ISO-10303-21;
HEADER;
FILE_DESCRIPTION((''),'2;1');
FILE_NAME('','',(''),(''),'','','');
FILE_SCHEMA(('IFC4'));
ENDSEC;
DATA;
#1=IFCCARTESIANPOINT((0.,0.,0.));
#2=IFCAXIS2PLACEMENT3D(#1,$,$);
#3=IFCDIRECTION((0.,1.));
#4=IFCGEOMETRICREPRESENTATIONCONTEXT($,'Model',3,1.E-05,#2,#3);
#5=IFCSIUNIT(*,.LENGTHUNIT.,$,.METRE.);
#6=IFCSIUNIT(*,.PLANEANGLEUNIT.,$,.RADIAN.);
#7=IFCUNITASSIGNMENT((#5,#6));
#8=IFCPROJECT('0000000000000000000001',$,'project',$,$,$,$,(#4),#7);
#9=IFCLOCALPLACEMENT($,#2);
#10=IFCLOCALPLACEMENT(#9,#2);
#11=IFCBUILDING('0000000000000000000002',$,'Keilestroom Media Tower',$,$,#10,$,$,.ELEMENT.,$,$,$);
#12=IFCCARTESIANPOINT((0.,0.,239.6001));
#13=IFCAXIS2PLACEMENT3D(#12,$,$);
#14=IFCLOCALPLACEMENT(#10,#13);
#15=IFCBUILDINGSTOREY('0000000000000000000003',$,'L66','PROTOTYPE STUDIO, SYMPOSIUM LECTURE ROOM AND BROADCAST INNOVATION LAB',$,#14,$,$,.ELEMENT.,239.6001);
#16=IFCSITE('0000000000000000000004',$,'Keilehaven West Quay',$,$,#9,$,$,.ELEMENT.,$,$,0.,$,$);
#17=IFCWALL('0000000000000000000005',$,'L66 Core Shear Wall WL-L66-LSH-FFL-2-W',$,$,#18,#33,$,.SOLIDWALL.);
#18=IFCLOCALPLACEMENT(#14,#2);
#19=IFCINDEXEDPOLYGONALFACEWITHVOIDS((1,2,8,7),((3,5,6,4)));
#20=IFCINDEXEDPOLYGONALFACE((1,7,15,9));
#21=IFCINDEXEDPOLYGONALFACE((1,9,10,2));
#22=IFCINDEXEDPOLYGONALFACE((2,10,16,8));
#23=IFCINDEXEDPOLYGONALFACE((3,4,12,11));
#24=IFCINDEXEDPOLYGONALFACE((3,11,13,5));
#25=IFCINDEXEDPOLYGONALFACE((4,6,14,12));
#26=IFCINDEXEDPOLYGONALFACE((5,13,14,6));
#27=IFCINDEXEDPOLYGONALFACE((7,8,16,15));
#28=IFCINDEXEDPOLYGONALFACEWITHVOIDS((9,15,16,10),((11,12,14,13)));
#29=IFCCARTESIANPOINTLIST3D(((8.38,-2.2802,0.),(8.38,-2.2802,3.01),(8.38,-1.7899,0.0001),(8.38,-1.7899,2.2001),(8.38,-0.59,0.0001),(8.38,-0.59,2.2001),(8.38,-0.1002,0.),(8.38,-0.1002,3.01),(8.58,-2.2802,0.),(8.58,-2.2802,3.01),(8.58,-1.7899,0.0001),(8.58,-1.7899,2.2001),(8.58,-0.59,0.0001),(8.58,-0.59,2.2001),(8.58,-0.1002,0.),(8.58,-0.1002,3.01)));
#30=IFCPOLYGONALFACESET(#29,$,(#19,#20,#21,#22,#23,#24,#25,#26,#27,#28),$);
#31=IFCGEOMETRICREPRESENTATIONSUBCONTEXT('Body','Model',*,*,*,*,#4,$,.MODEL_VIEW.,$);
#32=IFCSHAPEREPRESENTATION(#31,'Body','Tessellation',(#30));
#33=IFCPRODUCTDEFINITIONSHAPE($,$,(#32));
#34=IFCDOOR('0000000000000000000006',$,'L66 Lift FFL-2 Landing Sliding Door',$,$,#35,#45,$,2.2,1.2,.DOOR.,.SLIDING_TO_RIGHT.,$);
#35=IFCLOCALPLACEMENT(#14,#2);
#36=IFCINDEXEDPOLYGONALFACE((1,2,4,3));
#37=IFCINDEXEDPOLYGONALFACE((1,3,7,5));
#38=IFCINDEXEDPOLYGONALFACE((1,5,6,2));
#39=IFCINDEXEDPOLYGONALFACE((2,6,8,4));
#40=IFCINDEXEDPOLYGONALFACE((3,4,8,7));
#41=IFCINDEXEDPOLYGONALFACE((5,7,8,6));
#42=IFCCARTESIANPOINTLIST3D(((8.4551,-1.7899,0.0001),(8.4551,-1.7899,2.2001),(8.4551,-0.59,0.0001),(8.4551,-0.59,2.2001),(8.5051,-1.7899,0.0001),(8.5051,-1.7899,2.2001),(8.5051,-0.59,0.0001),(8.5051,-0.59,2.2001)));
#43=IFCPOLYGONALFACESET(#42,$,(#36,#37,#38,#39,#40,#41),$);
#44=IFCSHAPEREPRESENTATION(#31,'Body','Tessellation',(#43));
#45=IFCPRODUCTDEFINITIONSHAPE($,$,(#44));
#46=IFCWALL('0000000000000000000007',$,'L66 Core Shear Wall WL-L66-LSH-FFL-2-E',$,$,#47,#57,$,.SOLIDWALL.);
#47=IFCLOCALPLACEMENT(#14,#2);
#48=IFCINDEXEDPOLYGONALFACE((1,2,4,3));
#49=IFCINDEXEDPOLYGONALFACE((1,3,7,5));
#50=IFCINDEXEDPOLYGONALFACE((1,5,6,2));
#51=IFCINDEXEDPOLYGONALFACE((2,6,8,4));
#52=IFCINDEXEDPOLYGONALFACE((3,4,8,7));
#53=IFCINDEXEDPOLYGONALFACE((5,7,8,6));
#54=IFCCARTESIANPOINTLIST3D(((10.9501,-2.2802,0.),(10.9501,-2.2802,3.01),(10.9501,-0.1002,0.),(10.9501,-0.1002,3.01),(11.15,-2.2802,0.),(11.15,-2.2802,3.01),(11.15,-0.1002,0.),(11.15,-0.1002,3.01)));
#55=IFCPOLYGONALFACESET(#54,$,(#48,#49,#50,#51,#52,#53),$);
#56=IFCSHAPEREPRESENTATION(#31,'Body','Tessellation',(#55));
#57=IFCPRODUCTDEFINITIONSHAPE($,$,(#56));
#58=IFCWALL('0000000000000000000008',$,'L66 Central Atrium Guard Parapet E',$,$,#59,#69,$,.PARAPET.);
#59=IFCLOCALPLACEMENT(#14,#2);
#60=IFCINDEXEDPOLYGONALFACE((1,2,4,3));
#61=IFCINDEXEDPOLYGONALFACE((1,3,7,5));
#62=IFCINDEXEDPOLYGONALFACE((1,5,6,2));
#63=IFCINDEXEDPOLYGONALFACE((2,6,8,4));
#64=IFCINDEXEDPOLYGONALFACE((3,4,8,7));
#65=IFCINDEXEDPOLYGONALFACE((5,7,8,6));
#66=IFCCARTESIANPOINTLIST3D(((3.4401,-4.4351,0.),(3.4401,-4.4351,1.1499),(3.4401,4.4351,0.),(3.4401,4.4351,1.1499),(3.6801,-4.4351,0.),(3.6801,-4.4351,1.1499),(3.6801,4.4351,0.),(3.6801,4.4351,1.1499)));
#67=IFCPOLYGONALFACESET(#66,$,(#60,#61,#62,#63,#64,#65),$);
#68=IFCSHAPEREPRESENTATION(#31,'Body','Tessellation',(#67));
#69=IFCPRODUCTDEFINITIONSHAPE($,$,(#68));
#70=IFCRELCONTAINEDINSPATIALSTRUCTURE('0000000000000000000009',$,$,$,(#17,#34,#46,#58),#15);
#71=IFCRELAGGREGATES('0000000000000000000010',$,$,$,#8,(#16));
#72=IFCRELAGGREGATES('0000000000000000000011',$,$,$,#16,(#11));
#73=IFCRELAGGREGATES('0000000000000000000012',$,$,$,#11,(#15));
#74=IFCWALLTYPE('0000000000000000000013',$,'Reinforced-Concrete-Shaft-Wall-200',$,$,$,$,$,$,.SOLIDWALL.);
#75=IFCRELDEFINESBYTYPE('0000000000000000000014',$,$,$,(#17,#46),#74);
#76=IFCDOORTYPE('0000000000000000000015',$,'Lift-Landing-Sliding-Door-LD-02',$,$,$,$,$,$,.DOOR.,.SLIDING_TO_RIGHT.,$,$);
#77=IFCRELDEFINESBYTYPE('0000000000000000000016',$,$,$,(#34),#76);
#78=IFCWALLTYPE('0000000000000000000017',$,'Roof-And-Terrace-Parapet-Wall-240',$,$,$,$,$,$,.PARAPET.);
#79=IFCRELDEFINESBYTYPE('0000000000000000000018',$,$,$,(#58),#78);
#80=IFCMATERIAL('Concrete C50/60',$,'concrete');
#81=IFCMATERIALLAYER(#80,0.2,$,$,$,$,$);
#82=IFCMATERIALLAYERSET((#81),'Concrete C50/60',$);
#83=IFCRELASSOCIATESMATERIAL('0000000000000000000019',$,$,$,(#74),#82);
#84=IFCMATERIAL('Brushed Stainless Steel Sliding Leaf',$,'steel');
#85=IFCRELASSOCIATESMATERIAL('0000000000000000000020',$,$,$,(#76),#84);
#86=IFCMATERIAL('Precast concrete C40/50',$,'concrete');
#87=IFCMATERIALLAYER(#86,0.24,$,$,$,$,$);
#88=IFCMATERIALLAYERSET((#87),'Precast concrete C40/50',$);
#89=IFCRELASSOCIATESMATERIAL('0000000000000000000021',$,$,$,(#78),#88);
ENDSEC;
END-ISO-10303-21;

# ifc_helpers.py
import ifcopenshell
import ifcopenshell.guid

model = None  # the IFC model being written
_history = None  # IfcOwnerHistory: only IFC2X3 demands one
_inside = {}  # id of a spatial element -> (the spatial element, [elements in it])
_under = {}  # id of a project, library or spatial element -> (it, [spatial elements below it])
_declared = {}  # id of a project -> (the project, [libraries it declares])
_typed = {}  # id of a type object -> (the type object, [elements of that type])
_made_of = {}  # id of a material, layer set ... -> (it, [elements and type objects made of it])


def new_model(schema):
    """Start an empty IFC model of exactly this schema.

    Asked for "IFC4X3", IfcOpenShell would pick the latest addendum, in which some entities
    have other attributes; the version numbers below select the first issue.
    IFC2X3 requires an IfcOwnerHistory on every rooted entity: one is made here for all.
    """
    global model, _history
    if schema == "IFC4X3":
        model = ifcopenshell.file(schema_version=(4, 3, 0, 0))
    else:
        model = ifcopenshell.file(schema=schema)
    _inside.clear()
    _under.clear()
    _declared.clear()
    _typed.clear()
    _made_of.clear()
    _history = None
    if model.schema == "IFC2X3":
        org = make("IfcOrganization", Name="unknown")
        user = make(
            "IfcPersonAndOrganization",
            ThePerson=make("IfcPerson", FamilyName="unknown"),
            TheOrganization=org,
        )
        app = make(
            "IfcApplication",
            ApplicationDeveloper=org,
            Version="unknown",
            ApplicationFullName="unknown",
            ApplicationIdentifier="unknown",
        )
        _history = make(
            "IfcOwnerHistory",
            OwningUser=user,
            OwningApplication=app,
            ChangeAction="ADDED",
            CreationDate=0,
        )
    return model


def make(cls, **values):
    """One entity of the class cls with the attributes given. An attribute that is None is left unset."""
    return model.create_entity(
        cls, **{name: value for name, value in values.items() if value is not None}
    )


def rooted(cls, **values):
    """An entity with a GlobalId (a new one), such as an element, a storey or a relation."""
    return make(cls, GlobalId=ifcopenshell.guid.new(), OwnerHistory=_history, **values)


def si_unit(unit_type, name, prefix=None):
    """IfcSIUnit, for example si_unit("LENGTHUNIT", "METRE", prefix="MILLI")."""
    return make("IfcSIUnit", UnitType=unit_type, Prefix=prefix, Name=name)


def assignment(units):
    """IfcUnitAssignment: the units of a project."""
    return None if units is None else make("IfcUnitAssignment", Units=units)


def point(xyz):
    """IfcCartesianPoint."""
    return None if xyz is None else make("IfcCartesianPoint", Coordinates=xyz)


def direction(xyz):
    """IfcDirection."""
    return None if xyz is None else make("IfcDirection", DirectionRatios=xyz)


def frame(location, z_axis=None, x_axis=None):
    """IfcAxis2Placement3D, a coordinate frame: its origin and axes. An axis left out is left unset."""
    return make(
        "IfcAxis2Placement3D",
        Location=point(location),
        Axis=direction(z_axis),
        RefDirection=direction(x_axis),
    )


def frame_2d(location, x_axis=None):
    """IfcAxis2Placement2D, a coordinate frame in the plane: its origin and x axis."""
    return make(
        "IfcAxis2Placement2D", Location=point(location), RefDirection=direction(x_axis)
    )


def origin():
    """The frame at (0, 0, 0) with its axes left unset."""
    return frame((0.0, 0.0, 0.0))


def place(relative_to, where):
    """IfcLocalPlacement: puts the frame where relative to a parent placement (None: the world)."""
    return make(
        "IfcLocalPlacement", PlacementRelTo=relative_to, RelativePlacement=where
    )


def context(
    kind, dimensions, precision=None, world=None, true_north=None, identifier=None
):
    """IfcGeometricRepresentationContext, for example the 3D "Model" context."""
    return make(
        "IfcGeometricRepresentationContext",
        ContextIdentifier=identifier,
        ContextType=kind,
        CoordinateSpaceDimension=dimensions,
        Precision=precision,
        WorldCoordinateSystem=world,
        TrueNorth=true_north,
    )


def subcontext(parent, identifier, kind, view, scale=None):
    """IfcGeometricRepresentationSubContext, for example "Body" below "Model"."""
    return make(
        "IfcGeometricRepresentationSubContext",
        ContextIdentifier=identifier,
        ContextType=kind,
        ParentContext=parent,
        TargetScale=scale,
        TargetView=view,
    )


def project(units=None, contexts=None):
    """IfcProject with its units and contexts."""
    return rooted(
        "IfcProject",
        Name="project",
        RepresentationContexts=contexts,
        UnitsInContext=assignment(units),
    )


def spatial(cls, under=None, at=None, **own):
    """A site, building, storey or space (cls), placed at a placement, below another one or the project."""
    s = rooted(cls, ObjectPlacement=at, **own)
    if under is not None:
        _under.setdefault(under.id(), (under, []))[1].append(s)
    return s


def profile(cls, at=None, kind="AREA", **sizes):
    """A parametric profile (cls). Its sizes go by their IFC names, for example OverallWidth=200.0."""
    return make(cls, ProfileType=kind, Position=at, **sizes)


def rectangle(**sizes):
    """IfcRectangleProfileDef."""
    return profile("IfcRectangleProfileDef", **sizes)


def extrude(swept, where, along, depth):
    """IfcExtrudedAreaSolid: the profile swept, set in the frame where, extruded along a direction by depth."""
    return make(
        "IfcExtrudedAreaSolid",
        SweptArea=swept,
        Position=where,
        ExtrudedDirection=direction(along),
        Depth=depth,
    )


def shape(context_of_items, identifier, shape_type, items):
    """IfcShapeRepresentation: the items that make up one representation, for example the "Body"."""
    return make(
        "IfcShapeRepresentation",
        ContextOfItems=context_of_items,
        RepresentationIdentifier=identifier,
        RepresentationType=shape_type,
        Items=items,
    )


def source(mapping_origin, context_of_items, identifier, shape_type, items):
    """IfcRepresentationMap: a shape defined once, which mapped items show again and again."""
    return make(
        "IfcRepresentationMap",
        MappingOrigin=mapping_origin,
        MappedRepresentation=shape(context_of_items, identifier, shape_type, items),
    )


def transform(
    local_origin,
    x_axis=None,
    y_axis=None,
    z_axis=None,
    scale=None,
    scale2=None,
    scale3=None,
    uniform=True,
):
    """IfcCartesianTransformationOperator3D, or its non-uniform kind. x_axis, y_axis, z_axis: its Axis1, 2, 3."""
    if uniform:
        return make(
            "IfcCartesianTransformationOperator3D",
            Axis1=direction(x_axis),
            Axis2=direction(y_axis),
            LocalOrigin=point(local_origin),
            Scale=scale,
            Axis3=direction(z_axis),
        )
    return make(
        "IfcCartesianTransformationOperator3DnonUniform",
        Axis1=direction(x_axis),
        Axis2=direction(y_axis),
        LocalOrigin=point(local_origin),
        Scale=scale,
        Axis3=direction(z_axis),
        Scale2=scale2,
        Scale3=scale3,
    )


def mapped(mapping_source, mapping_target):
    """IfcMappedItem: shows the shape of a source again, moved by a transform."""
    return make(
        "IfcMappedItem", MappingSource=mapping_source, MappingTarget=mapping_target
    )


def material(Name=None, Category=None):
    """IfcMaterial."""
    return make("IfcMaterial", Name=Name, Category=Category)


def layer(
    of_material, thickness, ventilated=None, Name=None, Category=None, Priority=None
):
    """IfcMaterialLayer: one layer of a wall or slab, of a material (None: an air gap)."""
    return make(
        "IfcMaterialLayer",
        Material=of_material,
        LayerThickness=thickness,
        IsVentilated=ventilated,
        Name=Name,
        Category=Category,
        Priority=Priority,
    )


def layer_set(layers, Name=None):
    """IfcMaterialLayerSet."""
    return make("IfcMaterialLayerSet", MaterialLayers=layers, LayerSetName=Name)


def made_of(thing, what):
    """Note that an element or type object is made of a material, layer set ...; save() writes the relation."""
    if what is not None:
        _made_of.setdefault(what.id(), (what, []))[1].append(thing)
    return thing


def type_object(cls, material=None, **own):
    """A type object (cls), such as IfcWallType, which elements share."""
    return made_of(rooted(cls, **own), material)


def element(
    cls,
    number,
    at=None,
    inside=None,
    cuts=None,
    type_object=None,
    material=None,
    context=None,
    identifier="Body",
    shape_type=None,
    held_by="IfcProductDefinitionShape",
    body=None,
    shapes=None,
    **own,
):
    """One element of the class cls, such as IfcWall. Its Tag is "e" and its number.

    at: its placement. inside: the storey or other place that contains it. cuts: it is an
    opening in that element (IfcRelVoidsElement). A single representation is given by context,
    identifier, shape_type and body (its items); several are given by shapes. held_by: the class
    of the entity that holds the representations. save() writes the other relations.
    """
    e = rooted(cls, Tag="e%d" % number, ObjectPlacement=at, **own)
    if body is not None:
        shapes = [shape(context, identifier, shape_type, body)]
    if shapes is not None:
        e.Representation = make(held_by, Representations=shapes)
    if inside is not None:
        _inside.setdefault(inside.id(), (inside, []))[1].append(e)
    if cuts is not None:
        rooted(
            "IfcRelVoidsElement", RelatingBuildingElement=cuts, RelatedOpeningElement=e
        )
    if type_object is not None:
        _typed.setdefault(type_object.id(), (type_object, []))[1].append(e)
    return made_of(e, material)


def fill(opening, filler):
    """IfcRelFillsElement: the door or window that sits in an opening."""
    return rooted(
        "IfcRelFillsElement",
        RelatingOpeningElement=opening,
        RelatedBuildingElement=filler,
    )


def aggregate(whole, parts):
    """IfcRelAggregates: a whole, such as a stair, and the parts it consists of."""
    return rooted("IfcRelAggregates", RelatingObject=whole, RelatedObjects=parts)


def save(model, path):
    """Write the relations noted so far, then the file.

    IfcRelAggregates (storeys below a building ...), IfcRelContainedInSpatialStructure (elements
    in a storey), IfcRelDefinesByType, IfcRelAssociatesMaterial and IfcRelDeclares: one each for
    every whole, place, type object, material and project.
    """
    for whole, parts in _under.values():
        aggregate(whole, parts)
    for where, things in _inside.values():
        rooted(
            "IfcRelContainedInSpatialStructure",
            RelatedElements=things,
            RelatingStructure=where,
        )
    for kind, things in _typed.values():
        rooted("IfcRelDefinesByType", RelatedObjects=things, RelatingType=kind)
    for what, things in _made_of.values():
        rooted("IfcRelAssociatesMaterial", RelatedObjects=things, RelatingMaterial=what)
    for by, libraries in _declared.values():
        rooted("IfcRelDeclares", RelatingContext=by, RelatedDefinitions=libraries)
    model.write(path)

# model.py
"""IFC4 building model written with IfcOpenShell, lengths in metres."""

from ifc_helpers import new_model, si_unit, direction, frame, frame_2d, origin, place, context, subcontext, project, spatial, rectangle, extrude, source, transform, mapped, material, layer, layer_set, type_object, element, fill, save


model = new_model("IFC4")

# Units and contexts
model_context = context("Model", 3, precision=1e-05, world=origin(), true_north=direction((0.0, 1.0)))
body_context = subcontext(model_context, "Body", "Model", "MODEL_VIEW")
ifc_project = project(units=[si_unit("LENGTHUNIT", "METRE"), si_unit("PLANEANGLEUNIT", "RADIAN")], contexts=[model_context])

# Site, building, storey
site_placement = place(None, origin())
site = spatial("IfcSite", under=ifc_project, at=site_placement, Name="Keilehaven West Quay", CompositionType="ELEMENT", RefElevation=0.0)
building_placement = place(site_placement, origin())
building = spatial("IfcBuilding", under=site, at=building_placement, Name="Keilestroom Media Tower", CompositionType="ELEMENT")
storey_placement = place(building_placement, frame((0.0, 0.0, 239.6001)))
storey = spatial("IfcBuildingStorey", under=building, at=storey_placement, Name="L66", Description="PROTOTYPE STUDIO, SYMPOSIUM LECTURE ROOM AND BROADCAST INNOVATION LAB", CompositionType="ELEMENT", Elevation=239.6001)

# Shared definitions
ifc_material_1 = material(Name="Concrete C50/60", Category="concrete")

# Shared definitions
shared_shape_1 = source(origin(), body_context, "Body", "SweptSolid", [
    extrude(rectangle(XDim=1.2, YDim=2.2, at=frame_2d((0.6001, 1.1001))), frame((0.0, 0.0249, 0.0), z_axis=(0.0, -1.0, 0.0), x_axis=(1.0, 0.0, 0.0)), (0.0, 0.0, 1.0), 0.05),
])

# Shared definitions
ifc_layer_1 = layer(ifc_material_1, 0.2)
ifc_layer_set_1 = layer_set([ifc_layer_1], Name="Concrete C50/60")
wall_type_1 = type_object("IfcWallType", Name="Reinforced-Concrete-Shaft-Wall-200", PredefinedType="SOLIDWALL", material=ifc_layer_set_1)

# Wall, opening, door
wall_1_placement = place(storey_placement, frame((8.48, -2.28, 0.0), z_axis=(0.0, 0.0, 1.0), x_axis=(0.0, 1.0, 0.0)))
wall_1 = element("IfcWall", 1, at=wall_1_placement, inside=storey, type_object=wall_type_1, Name="L66 Core Shear Wall WL-L66-LSH-FFL-2-W", PredefinedType="SOLIDWALL", context=body_context, shape_type="SweptSolid", body=[
    extrude(rectangle(XDim=2.1799, YDim=0.2, at=frame_2d((1.0898, 0.0))), origin(), (0.0, 0.0, 1.0), 3.01),
])
opening_1_placement = place(wall_1_placement, frame((0.49, 0.0, 0.0)))
opening_1 = element("IfcOpeningElement", 2, at=opening_1_placement, cuts=wall_1, PredefinedType="OPENING", context=body_context, shape_type="SweptSolid", body=[
    extrude(rectangle(XDim=1.2, YDim=2.2, at=frame_2d((0.6001, 1.1001))), frame((0.0, 0.1099, 0.0), z_axis=(0.0, -1.0, 0.0), x_axis=(1.0, 0.0, 0.0)), (0.0, 0.0, 1.0), 0.22),
])
ifc_material_2 = material(Name="Brushed Stainless Steel Sliding Leaf", Category="steel")
door_type_1 = type_object("IfcDoorType", Name="Lift-Landing-Sliding-Door-LD-02", OperationType="SLIDING_TO_RIGHT", PredefinedType="DOOR", material=ifc_material_2)
door_1_placement = place(opening_1_placement, origin())
door_1 = element("IfcDoor", 3, at=door_1_placement, inside=storey, type_object=door_type_1, Name="L66 Lift FFL-2 Landing Sliding Door", OperationType="SLIDING_TO_RIGHT", OverallHeight=2.2, OverallWidth=1.2, PredefinedType="DOOR", context=body_context, shape_type="MappedRepresentation", body=[
    mapped(shared_shape_1, transform((0.0, 0.0, 0.0), x_axis=(1.0, 0.0, 0.0), y_axis=(0.0, 1.0, 0.0), z_axis=(0.0, 0.0, 1.0), scale=1.0)),
])
fill(opening_1, door_1)

# Walls
wall_2_placement = place(storey_placement, frame((11.05, -2.28, 0.0), z_axis=(0.0, 0.0, 1.0), x_axis=(0.0, 1.0, 0.0)))
element("IfcWall", 4, at=wall_2_placement, inside=storey, type_object=wall_type_1, Name="L66 Core Shear Wall WL-L66-LSH-FFL-2-E", PredefinedType="SOLIDWALL", context=body_context, shape_type="SweptSolid", body=[
    extrude(rectangle(XDim=2.1799, YDim=0.2, at=frame_2d((1.0898, 0.0))), origin(), (0.0, 0.0, 1.0), 3.01),
])
ifc_material_3 = material(Name="Precast concrete C40/50", Category="concrete")
ifc_layer_2 = layer(ifc_material_3, 0.24)
ifc_layer_set_2 = layer_set([ifc_layer_2], Name="Precast concrete C40/50")
wall_type_2 = type_object("IfcWallType", Name="Roof-And-Terrace-Parapet-Wall-240", PredefinedType="PARAPET", material=ifc_layer_set_2)
wall_3_placement = place(storey_placement, frame((3.5601, -4.4351, 0.0), z_axis=(0.0, 0.0, 1.0), x_axis=(0.0, 1.0, 0.0)))
element("IfcWall", 5, at=wall_3_placement, inside=storey, type_object=wall_type_2, Name="L66 Central Atrium Guard Parapet E", PredefinedType="PARAPET", context=body_context, shape_type="SweptSolid", body=[
    extrude(rectangle(XDim=8.8701, YDim=0.24, at=frame_2d((4.4351, 0.0))), origin(), (0.0, 0.0, 1.0), 1.1499),
])

save(model, "model.ifc")
